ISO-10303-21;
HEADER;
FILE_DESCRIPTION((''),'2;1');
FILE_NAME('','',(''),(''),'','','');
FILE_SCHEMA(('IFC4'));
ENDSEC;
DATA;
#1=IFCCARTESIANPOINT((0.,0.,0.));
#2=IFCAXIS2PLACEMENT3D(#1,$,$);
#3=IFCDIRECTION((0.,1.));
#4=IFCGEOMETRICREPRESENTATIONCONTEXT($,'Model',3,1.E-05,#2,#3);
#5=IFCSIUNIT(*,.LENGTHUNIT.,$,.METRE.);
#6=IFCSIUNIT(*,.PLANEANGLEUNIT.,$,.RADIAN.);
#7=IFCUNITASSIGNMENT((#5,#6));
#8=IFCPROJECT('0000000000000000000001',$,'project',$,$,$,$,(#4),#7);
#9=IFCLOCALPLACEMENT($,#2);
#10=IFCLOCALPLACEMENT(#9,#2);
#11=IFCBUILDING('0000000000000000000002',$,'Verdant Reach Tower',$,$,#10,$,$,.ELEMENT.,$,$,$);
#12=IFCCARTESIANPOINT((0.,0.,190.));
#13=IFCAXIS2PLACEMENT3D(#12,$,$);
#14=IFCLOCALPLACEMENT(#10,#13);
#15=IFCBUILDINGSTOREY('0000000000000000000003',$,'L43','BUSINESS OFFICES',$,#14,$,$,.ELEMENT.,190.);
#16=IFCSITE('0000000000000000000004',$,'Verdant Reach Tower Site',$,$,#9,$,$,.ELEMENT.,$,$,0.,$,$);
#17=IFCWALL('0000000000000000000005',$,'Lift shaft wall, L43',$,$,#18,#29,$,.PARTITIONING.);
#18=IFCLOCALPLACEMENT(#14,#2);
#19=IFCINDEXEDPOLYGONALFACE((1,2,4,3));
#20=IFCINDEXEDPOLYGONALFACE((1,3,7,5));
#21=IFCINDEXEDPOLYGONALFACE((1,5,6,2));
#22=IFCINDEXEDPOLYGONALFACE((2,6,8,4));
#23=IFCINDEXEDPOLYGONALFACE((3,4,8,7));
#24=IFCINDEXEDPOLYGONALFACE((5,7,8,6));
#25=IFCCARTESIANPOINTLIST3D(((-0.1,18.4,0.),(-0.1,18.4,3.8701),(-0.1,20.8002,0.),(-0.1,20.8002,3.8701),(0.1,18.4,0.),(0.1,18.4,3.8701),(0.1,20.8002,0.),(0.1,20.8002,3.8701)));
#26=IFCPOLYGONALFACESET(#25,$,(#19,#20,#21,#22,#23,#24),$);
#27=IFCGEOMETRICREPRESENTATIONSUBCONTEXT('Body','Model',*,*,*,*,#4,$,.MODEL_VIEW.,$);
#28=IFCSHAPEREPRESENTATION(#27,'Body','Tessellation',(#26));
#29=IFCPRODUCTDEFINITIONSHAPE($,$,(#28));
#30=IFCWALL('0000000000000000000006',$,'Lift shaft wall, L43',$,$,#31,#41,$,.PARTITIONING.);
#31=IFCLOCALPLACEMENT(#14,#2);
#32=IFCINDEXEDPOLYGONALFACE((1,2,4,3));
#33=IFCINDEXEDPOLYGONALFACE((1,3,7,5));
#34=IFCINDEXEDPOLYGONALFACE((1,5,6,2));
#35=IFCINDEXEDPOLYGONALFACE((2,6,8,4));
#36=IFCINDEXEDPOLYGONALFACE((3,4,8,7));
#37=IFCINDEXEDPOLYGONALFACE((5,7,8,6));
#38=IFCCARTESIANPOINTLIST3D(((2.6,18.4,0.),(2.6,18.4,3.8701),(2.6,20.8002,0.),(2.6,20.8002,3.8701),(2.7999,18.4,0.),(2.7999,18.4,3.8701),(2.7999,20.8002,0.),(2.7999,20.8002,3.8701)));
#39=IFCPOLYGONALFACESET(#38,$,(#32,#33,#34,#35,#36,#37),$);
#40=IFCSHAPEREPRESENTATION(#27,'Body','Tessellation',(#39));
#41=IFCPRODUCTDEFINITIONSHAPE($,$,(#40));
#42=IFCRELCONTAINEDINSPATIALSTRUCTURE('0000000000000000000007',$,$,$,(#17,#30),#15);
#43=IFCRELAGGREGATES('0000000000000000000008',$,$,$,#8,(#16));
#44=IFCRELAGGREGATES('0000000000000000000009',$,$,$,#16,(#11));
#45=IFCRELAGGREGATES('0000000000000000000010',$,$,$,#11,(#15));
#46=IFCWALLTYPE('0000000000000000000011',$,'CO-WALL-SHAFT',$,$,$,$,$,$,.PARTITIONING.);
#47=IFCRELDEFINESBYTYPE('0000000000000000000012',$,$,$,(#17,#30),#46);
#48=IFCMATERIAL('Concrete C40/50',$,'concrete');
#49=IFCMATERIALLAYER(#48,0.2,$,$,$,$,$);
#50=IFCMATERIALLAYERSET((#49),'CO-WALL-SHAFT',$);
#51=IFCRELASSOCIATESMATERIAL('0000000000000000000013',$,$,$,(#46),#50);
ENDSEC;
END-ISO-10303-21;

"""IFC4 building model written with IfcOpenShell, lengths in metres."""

from ifc_helpers import new_model, si_unit, direction, frame, frame_2d, origin, place, context, subcontext, project, spatial, rectangle, extrude, material, layer, layer_set, type_object, element, save


model = new_model("IFC4")

# Units and contexts
model_context = context("Model", 3, precision=1e-05, world=origin(), true_north=direction((0.0, 1.0)))
body_context = subcontext(model_context, "Body", "Model", "MODEL_VIEW")
ifc_project = project(units=[si_unit("LENGTHUNIT", "METRE"), si_unit("PLANEANGLEUNIT", "RADIAN")], contexts=[model_context])

# Site, building, storey
site_placement = place(None, origin())
site = spatial("IfcSite", under=ifc_project, at=site_placement, Name="Verdant Reach Tower Site", CompositionType="ELEMENT", RefElevation=0.0)
building_placement = place(site_placement, origin())
building = spatial("IfcBuilding", under=site, at=building_placement, Name="Verdant Reach Tower", CompositionType="ELEMENT")
storey_placement = place(building_placement, frame((0.0, 0.0, 190.0)))
storey = spatial("IfcBuildingStorey", under=building, at=storey_placement, Name="L43", Description="BUSINESS OFFICES", CompositionType="ELEMENT", Elevation=190.0)

# Shared definitions
ifc_material_1 = material(Name="Concrete C40/50", Category="concrete")

# Walls
ifc_layer_1 = layer(ifc_material_1, 0.2)
ifc_layer_set_1 = layer_set([ifc_layer_1], Name="CO-WALL-SHAFT")
wall_type = type_object("IfcWallType", Name="CO-WALL-SHAFT", PredefinedType="PARTITIONING", material=ifc_layer_set_1)
for number, where, z_axis, x_axis, name in (
    (1, (0.0, 18.3999, 0.0), (0.0, 0.0, 1.0), (0.0, 1.0, 0.0), "Lift shaft wall, L43"),
    (2, (2.7, 18.3999, 0.0), (0.0, 0.0, 1.0), (0.0, 1.0, 0.0), "Lift shaft wall, L43"),
):
    element("IfcWall", number, at=place(storey_placement, frame(where, z_axis=z_axis, x_axis=x_axis)), inside=storey, type_object=wall_type, Name=name, PredefinedType="PARTITIONING", context=body_context, shape_type="SweptSolid", body=[
        extrude(rectangle(XDim=2.4001, YDim=0.2, at=frame_2d((1.2002, 0.0))), origin(), (0.0, 0.0, 1.0), 3.8701),
    ])

save(model, "model.ifc")
